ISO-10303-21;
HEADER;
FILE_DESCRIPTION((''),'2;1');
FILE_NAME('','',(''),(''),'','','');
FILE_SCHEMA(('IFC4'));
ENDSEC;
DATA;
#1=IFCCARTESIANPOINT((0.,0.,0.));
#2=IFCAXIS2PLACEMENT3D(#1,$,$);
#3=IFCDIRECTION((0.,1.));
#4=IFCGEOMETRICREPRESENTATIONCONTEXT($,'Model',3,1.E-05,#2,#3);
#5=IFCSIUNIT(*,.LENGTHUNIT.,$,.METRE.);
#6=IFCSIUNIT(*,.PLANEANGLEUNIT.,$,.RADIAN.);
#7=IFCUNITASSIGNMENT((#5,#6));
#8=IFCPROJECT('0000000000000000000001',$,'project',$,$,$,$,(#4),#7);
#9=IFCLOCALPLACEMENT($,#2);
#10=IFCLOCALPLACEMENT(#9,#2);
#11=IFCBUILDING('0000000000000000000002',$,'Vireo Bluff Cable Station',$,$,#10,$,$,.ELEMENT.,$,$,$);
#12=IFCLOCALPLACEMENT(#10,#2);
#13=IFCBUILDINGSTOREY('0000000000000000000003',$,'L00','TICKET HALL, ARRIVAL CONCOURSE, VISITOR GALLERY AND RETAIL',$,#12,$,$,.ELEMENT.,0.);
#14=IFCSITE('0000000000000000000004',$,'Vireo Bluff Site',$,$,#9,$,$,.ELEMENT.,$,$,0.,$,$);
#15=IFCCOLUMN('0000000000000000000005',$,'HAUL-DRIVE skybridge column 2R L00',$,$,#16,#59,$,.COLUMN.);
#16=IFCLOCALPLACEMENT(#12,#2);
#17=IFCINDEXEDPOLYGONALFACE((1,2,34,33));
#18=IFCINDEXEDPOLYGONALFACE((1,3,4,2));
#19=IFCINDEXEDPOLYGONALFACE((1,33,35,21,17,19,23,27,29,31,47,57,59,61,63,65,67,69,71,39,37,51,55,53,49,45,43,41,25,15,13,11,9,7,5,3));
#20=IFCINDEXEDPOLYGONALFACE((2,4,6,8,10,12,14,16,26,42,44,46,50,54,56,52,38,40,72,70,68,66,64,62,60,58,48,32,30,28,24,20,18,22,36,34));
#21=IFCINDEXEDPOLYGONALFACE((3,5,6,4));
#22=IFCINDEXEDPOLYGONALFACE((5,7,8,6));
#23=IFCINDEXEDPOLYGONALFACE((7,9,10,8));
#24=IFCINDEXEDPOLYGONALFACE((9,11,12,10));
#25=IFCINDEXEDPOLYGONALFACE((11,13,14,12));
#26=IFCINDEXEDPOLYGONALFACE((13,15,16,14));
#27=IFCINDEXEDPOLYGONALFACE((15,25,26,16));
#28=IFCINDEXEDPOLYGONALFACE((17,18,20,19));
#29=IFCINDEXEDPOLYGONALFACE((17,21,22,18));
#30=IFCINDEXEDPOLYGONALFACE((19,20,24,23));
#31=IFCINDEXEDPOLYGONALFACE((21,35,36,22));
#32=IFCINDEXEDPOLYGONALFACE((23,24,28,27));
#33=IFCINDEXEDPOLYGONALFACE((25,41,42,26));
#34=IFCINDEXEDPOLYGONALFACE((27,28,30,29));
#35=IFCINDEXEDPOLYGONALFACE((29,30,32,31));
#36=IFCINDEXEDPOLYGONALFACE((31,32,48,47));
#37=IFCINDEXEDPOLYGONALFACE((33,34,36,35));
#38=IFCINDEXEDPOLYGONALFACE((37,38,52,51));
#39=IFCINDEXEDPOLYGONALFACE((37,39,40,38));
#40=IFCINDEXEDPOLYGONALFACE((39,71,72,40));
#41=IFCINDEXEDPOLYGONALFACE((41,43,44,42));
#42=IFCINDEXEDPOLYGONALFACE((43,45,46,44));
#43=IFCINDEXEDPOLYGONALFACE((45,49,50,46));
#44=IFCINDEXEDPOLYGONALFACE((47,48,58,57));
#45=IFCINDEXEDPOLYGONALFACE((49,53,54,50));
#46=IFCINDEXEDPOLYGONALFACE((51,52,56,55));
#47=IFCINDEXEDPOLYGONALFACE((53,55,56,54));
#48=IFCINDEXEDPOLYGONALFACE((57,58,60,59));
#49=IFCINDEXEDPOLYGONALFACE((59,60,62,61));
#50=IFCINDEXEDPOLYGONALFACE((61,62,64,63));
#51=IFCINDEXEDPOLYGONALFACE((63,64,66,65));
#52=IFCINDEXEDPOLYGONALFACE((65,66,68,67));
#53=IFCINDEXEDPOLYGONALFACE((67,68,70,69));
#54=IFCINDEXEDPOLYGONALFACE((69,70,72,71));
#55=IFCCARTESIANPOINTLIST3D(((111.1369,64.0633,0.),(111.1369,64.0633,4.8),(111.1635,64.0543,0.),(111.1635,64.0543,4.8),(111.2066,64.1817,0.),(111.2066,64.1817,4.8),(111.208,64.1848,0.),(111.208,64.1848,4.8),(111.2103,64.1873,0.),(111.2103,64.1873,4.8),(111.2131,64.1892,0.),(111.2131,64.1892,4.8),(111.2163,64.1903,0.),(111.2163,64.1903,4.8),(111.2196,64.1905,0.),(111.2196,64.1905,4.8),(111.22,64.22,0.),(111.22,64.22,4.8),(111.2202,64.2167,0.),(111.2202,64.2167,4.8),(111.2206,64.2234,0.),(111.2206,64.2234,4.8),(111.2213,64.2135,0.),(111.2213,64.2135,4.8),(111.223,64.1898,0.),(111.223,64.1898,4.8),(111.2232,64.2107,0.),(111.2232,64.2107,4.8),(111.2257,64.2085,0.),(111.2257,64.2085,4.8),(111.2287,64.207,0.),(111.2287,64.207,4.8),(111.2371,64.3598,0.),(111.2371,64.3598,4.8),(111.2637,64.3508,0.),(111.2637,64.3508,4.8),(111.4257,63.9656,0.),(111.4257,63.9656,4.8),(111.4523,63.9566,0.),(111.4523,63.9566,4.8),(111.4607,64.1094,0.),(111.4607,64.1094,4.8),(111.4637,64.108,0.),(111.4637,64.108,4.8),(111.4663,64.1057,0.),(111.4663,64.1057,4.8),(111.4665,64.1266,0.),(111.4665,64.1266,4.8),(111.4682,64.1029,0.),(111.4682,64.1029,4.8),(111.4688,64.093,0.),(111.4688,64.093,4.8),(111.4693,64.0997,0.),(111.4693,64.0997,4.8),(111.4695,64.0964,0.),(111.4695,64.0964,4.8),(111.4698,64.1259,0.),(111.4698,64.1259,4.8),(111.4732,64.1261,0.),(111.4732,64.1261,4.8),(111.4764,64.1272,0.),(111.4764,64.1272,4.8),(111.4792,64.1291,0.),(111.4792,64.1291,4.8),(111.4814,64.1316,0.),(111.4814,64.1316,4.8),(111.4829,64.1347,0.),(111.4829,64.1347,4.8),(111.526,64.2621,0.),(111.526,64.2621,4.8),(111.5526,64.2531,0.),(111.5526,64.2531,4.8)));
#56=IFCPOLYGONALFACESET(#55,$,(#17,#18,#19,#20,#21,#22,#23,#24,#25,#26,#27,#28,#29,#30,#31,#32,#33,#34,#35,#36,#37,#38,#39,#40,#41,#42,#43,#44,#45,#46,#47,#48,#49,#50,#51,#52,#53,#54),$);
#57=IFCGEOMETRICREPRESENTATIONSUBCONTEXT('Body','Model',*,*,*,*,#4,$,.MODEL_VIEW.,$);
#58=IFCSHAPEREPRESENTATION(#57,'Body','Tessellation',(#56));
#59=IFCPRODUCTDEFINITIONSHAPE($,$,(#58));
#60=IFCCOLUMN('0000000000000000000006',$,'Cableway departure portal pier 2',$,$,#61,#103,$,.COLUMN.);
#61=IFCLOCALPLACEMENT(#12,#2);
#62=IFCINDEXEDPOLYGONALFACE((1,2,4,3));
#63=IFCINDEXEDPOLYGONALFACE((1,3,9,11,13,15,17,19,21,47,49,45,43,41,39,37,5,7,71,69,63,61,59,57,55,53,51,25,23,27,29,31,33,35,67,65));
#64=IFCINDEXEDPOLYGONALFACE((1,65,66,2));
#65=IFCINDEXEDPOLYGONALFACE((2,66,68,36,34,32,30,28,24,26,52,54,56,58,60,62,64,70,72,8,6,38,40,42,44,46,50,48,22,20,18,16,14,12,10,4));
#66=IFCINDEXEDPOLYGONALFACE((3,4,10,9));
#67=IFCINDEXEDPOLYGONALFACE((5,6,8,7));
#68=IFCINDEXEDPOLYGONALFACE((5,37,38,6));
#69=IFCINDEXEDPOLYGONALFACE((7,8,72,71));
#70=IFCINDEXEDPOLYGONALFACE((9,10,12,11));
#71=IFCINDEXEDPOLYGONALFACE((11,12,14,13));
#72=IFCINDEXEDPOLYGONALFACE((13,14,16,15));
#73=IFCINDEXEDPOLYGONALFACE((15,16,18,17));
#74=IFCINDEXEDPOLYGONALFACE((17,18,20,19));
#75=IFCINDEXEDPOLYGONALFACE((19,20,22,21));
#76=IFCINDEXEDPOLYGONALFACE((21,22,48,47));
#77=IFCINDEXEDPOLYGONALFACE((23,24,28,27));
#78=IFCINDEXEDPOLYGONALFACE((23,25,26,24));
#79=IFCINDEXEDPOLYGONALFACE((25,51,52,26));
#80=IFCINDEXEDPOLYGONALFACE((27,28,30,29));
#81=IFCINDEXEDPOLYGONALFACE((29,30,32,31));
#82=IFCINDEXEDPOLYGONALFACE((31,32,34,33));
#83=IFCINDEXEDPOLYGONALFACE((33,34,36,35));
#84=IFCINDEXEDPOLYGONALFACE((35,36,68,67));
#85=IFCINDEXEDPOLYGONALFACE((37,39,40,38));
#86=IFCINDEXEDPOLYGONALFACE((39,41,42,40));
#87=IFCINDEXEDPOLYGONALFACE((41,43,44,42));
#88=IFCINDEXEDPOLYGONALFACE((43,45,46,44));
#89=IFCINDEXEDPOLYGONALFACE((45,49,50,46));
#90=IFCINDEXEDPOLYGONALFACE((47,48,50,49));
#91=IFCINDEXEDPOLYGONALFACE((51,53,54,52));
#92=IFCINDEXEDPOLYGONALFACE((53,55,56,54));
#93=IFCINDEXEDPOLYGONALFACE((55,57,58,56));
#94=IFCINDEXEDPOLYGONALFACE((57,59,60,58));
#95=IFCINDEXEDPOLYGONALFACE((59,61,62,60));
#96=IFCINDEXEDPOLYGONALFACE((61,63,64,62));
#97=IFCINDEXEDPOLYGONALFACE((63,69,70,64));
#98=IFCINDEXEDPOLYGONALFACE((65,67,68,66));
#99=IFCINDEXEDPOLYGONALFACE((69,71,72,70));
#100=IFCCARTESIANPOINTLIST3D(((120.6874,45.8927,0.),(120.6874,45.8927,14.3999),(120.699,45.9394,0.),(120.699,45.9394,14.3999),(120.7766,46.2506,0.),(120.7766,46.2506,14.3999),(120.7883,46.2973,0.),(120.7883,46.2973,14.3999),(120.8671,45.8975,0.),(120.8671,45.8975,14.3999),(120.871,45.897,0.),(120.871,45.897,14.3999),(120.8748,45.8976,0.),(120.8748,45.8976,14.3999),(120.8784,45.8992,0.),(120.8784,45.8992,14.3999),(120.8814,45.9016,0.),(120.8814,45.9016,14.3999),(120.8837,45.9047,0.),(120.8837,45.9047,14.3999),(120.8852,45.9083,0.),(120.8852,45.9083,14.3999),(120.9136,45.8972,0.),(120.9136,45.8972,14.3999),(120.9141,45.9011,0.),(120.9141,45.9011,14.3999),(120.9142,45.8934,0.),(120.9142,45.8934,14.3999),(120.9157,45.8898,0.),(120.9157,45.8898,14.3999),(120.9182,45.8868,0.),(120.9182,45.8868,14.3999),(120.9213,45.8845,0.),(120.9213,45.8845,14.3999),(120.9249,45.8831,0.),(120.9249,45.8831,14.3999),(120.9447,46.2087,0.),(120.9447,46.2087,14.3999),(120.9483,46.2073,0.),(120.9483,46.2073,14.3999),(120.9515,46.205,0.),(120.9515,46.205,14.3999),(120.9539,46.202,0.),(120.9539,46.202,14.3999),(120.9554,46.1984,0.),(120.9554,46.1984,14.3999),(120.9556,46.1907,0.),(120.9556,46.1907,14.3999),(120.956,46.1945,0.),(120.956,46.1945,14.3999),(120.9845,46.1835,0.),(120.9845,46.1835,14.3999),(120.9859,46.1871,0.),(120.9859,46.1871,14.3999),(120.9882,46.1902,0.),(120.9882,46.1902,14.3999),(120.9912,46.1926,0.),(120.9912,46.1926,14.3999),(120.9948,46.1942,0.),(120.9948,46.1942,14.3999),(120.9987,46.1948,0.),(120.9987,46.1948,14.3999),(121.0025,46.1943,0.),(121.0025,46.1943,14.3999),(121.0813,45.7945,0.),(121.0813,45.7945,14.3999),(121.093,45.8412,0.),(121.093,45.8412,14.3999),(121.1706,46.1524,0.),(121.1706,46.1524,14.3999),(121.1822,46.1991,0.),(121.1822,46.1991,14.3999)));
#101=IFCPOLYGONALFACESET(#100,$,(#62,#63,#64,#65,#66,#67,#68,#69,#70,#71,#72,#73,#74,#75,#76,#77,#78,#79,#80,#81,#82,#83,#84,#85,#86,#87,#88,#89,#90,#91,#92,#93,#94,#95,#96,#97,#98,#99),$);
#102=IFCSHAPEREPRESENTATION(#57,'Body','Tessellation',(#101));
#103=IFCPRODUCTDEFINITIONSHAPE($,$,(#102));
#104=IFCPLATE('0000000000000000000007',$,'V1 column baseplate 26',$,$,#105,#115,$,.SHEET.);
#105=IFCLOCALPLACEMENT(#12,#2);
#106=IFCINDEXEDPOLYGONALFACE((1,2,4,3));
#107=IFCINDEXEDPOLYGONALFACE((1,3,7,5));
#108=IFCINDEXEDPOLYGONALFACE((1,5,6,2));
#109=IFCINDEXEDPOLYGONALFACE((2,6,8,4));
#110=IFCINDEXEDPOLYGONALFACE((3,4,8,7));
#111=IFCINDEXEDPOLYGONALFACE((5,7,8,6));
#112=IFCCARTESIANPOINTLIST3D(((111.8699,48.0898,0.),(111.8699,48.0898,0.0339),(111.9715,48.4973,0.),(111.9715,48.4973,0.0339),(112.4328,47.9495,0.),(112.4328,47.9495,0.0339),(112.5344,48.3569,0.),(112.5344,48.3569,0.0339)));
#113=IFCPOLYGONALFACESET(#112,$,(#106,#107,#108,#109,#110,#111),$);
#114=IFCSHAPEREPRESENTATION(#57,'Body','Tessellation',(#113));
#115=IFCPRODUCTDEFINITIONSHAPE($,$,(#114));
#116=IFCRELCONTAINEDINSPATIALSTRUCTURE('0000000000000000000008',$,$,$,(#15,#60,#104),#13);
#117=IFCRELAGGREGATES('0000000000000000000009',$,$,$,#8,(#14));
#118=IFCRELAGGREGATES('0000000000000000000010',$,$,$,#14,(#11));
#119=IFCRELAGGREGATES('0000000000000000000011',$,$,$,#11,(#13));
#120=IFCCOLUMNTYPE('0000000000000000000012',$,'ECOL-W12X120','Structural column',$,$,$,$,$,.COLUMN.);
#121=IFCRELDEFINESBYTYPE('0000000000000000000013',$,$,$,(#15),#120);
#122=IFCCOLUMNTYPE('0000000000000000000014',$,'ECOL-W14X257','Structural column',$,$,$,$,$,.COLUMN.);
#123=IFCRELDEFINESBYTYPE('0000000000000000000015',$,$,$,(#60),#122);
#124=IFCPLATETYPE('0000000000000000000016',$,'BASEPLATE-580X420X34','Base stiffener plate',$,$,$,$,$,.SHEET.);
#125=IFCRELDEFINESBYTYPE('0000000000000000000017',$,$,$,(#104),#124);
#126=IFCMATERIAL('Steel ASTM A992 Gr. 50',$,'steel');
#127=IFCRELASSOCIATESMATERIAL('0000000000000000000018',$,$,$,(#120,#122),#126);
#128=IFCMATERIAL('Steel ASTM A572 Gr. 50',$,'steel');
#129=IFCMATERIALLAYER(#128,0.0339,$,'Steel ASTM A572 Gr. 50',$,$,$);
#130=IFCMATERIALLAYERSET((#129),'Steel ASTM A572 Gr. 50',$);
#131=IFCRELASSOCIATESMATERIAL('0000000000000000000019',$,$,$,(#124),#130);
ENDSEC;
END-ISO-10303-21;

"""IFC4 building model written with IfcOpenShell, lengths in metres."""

from ifc_helpers import new_model, si_unit, direction, frame, origin, origin_2d, place, context, subcontext, project, spatial, rectangle, i_section, extrude, material, layer, layer_set, material_profile, profile_set, type_object, element, save


model = new_model("IFC4")

# Units and contexts
model_context = context("Model", 3, precision=1e-05, world=origin(), true_north=direction((0.0, 1.0)))
body_context = subcontext(model_context, "Body", "Model", "MODEL_VIEW")
ifc_project = project(units=[si_unit("LENGTHUNIT", "METRE"), si_unit("PLANEANGLEUNIT", "RADIAN")], contexts=[model_context])

# Site, building, storey
site_placement = place(None, origin())
site = spatial("IfcSite", under=ifc_project, at=site_placement, Name="Vireo Bluff Site", CompositionType="ELEMENT", RefElevation=0.0)
building_placement = place(site_placement, origin())
building = spatial("IfcBuilding", under=site, at=building_placement, Name="Vireo Bluff Cable Station", CompositionType="ELEMENT")
storey_placement = place(building_placement, origin())
storey = spatial("IfcBuildingStorey", under=building, at=storey_placement, Name="L00", Description="TICKET HALL, ARRIVAL CONCOURSE, VISITOR GALLERY AND RETAIL", CompositionType="ELEMENT", Elevation=0.0)

# Columns
ifc_material_1 = material(Name="Steel ASTM A992 Gr. 50", Category="steel")
ifc_material_profile_1 = material_profile(ifc_material_1, i_section(OverallWidth=0.313, OverallDepth=0.333, WebThickness=0.0181, FlangeThickness=0.0281, FilletRadius=0.0129, at=origin_2d()), Name="W12X120")
ifc_profile_set_1 = profile_set([ifc_material_profile_1], Name="Steel ASTM A992 Gr. 50")
column_type_1 = type_object("IfcColumnType", Name="ECOL-W12X120", Description="Structural column", PredefinedType="COLUMN", material=ifc_profile_set_1)
for number, where, z_axis, x_axis, name in (
    (1, (111.3447, 64.1582, 0.0), (0.0, 0.0, 1.0), (0.320352, 0.947299, 0.0), "HAUL-DRIVE skybridge column 2R L00"),
):
    element("IfcColumn", number, at=place(storey_placement, frame(where, z_axis=z_axis, x_axis=x_axis)), inside=storey, type_object=column_type_1, Name=name, PredefinedType="COLUMN", context=body_context, shape_type="SweptSolid", body=[
        extrude(i_section(OverallWidth=0.313, OverallDepth=0.333, WebThickness=0.0181, FlangeThickness=0.0281, FilletRadius=0.0129, at=origin_2d()), origin(), (0.0, 0.0, 1.0), 4.8),
    ])
ifc_material_profile_2 = material_profile(ifc_material_1, i_section(OverallWidth=0.406, OverallDepth=0.417, WebThickness=0.0298, FlangeThickness=0.0481, FilletRadius=0.0149, at=origin_2d()), Name="W14X257")
ifc_profile_set_2 = profile_set([ifc_material_profile_2], Name="Steel ASTM A992 Gr. 50")
column_type_2 = type_object("IfcColumnType", Name="ECOL-W14X257", Description="Structural column", PredefinedType="COLUMN", material=ifc_profile_set_2)
column_1_placement = place(storey_placement, frame((120.9348, 46.0459, 0.0), z_axis=(0.0, 0.0, 1.0), x_axis=(0.970296, -0.241922, 0.0)))
element("IfcColumn", 2, at=column_1_placement, inside=storey, type_object=column_type_2, Name="Cableway departure portal pier 2", PredefinedType="COLUMN", context=body_context, shape_type="SweptSolid", body=[
    extrude(i_section(OverallWidth=0.406, OverallDepth=0.417, WebThickness=0.0298, FlangeThickness=0.0481, FilletRadius=0.0149, at=origin_2d()), origin(), (0.0, 0.0, 1.0), 14.3999),
])

# Plate
ifc_material_2 = material(Name="Steel ASTM A572 Gr. 50", Category="steel")
ifc_layer = layer(ifc_material_2, 0.0339, Name="Steel ASTM A572 Gr. 50")
ifc_layer_set = layer_set([ifc_layer], Name="Steel ASTM A572 Gr. 50")
plate_type = type_object("IfcPlateType", Name="BASEPLATE-580X420X34", Description="Base stiffener plate", PredefinedType="SHEET", material=ifc_layer_set)
plate_placement = place(storey_placement, frame((112.2021, 48.2234, 0.0), z_axis=(0.0, 0.0, 1.0), x_axis=(0.970296, -0.241922, 0.0)))
element("IfcPlate", 3, at=plate_placement, inside=storey, type_object=plate_type, Name="V1 column baseplate 26", PredefinedType="SHEET", context=body_context, shape_type="SweptSolid", body=[
    extrude(rectangle(XDim=0.5801, YDim=0.4199, at=origin_2d()), origin(), (0.0, 0.0, 1.0), 0.0339),
])

save(model, "model.ifc")
